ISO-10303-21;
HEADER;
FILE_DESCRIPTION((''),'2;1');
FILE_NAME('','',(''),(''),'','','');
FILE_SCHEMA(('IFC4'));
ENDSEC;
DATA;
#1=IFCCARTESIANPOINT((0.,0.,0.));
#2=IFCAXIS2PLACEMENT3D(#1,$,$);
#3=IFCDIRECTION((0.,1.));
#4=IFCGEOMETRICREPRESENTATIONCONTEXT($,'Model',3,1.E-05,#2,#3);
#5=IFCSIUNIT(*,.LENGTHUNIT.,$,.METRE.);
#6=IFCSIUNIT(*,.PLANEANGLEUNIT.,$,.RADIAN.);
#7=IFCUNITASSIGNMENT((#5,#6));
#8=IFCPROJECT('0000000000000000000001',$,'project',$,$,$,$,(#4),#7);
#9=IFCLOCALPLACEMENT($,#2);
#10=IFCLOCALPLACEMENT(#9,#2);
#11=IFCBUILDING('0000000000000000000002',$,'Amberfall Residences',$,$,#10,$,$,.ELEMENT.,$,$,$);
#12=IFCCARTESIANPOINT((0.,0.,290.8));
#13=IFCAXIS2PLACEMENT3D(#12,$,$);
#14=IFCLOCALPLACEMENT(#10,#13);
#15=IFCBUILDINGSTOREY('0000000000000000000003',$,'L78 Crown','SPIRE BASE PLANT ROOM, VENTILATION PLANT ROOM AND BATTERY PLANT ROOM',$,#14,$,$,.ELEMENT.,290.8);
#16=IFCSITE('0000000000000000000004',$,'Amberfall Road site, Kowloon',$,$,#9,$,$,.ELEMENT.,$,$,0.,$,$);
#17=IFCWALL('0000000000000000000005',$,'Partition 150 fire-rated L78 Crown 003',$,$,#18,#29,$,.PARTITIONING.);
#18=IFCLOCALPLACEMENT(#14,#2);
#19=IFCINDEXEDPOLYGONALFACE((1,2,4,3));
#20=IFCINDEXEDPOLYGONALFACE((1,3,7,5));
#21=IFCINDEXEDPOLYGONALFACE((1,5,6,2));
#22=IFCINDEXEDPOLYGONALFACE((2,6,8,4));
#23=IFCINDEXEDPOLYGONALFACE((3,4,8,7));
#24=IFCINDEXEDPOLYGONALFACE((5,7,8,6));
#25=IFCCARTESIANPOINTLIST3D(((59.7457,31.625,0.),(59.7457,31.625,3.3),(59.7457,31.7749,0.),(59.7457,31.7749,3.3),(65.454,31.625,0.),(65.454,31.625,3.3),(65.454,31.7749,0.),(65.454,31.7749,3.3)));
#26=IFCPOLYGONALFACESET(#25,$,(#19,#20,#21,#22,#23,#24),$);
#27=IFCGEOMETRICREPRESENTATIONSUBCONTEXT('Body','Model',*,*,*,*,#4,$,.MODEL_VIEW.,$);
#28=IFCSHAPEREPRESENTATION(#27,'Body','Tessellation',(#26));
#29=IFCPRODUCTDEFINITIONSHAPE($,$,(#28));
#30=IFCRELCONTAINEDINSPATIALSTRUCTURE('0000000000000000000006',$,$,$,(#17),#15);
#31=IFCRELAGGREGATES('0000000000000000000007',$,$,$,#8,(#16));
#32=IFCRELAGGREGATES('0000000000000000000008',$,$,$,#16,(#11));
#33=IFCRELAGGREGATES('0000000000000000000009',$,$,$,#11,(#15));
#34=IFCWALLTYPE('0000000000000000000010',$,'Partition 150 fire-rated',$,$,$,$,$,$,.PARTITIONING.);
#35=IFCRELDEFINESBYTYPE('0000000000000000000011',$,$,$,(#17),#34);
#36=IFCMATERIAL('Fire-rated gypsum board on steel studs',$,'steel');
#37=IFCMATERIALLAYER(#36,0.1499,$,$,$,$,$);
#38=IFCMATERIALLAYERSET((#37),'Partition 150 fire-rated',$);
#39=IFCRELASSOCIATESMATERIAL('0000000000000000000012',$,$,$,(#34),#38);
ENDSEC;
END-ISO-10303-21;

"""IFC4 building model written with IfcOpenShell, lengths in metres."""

from ifc_helpers import new_model, si_unit, direction, frame, frame_2d, origin, place, context, subcontext, project, spatial, rectangle, extrude, material, layer, layer_set, type_object, element, save


model = new_model("IFC4")

# Units and contexts
model_context = context("Model", 3, precision=1e-05, world=origin(), true_north=direction((0.0, 1.0)))
body_context = subcontext(model_context, "Body", "Model", "MODEL_VIEW")
ifc_project = project(units=[si_unit("LENGTHUNIT", "METRE"), si_unit("PLANEANGLEUNIT", "RADIAN")], contexts=[model_context])

# Site, building, storey
site_placement = place(None, origin())
site = spatial("IfcSite", under=ifc_project, at=site_placement, Name="Amberfall Road site, Kowloon", CompositionType="ELEMENT", RefElevation=0.0)
building_placement = place(site_placement, origin())
building = spatial("IfcBuilding", under=site, at=building_placement, Name="Amberfall Residences", CompositionType="ELEMENT")
storey_placement = place(building_placement, frame((0.0, 0.0, 290.8)))
storey = spatial("IfcBuildingStorey", under=building, at=storey_placement, Name="L78 Crown", Description="SPIRE BASE PLANT ROOM, VENTILATION PLANT ROOM AND BATTERY PLANT ROOM", CompositionType="ELEMENT", Elevation=290.8)

# Wall
ifc_material_1 = material(Name="Fire-rated gypsum board on steel studs", Category="steel")
ifc_layer_1 = layer(ifc_material_1, 0.1499)
ifc_layer_set_1 = layer_set([ifc_layer_1], Name="Partition 150 fire-rated")
wall_type = type_object("IfcWallType", Name="Partition 150 fire-rated", PredefinedType="PARTITIONING", material=ifc_layer_set_1)
wall_1_placement = place(storey_placement, frame((59.7458, 31.7, 0.0), z_axis=(0.0, 0.0, 1.0), x_axis=(1.0, 0.0, 0.0)))
element("IfcWall", 1, at=wall_1_placement, inside=storey, type_object=wall_type, Name="Partition 150 fire-rated L78 Crown 003", PredefinedType="PARTITIONING", context=body_context, shape_type="SweptSolid", body=[
    extrude(rectangle(XDim=5.7083, YDim=0.1499, at=frame_2d((2.854, 0.0))), origin(), (0.0, 0.0, 1.0), 3.3),
])

save(model, "model.ifc")
